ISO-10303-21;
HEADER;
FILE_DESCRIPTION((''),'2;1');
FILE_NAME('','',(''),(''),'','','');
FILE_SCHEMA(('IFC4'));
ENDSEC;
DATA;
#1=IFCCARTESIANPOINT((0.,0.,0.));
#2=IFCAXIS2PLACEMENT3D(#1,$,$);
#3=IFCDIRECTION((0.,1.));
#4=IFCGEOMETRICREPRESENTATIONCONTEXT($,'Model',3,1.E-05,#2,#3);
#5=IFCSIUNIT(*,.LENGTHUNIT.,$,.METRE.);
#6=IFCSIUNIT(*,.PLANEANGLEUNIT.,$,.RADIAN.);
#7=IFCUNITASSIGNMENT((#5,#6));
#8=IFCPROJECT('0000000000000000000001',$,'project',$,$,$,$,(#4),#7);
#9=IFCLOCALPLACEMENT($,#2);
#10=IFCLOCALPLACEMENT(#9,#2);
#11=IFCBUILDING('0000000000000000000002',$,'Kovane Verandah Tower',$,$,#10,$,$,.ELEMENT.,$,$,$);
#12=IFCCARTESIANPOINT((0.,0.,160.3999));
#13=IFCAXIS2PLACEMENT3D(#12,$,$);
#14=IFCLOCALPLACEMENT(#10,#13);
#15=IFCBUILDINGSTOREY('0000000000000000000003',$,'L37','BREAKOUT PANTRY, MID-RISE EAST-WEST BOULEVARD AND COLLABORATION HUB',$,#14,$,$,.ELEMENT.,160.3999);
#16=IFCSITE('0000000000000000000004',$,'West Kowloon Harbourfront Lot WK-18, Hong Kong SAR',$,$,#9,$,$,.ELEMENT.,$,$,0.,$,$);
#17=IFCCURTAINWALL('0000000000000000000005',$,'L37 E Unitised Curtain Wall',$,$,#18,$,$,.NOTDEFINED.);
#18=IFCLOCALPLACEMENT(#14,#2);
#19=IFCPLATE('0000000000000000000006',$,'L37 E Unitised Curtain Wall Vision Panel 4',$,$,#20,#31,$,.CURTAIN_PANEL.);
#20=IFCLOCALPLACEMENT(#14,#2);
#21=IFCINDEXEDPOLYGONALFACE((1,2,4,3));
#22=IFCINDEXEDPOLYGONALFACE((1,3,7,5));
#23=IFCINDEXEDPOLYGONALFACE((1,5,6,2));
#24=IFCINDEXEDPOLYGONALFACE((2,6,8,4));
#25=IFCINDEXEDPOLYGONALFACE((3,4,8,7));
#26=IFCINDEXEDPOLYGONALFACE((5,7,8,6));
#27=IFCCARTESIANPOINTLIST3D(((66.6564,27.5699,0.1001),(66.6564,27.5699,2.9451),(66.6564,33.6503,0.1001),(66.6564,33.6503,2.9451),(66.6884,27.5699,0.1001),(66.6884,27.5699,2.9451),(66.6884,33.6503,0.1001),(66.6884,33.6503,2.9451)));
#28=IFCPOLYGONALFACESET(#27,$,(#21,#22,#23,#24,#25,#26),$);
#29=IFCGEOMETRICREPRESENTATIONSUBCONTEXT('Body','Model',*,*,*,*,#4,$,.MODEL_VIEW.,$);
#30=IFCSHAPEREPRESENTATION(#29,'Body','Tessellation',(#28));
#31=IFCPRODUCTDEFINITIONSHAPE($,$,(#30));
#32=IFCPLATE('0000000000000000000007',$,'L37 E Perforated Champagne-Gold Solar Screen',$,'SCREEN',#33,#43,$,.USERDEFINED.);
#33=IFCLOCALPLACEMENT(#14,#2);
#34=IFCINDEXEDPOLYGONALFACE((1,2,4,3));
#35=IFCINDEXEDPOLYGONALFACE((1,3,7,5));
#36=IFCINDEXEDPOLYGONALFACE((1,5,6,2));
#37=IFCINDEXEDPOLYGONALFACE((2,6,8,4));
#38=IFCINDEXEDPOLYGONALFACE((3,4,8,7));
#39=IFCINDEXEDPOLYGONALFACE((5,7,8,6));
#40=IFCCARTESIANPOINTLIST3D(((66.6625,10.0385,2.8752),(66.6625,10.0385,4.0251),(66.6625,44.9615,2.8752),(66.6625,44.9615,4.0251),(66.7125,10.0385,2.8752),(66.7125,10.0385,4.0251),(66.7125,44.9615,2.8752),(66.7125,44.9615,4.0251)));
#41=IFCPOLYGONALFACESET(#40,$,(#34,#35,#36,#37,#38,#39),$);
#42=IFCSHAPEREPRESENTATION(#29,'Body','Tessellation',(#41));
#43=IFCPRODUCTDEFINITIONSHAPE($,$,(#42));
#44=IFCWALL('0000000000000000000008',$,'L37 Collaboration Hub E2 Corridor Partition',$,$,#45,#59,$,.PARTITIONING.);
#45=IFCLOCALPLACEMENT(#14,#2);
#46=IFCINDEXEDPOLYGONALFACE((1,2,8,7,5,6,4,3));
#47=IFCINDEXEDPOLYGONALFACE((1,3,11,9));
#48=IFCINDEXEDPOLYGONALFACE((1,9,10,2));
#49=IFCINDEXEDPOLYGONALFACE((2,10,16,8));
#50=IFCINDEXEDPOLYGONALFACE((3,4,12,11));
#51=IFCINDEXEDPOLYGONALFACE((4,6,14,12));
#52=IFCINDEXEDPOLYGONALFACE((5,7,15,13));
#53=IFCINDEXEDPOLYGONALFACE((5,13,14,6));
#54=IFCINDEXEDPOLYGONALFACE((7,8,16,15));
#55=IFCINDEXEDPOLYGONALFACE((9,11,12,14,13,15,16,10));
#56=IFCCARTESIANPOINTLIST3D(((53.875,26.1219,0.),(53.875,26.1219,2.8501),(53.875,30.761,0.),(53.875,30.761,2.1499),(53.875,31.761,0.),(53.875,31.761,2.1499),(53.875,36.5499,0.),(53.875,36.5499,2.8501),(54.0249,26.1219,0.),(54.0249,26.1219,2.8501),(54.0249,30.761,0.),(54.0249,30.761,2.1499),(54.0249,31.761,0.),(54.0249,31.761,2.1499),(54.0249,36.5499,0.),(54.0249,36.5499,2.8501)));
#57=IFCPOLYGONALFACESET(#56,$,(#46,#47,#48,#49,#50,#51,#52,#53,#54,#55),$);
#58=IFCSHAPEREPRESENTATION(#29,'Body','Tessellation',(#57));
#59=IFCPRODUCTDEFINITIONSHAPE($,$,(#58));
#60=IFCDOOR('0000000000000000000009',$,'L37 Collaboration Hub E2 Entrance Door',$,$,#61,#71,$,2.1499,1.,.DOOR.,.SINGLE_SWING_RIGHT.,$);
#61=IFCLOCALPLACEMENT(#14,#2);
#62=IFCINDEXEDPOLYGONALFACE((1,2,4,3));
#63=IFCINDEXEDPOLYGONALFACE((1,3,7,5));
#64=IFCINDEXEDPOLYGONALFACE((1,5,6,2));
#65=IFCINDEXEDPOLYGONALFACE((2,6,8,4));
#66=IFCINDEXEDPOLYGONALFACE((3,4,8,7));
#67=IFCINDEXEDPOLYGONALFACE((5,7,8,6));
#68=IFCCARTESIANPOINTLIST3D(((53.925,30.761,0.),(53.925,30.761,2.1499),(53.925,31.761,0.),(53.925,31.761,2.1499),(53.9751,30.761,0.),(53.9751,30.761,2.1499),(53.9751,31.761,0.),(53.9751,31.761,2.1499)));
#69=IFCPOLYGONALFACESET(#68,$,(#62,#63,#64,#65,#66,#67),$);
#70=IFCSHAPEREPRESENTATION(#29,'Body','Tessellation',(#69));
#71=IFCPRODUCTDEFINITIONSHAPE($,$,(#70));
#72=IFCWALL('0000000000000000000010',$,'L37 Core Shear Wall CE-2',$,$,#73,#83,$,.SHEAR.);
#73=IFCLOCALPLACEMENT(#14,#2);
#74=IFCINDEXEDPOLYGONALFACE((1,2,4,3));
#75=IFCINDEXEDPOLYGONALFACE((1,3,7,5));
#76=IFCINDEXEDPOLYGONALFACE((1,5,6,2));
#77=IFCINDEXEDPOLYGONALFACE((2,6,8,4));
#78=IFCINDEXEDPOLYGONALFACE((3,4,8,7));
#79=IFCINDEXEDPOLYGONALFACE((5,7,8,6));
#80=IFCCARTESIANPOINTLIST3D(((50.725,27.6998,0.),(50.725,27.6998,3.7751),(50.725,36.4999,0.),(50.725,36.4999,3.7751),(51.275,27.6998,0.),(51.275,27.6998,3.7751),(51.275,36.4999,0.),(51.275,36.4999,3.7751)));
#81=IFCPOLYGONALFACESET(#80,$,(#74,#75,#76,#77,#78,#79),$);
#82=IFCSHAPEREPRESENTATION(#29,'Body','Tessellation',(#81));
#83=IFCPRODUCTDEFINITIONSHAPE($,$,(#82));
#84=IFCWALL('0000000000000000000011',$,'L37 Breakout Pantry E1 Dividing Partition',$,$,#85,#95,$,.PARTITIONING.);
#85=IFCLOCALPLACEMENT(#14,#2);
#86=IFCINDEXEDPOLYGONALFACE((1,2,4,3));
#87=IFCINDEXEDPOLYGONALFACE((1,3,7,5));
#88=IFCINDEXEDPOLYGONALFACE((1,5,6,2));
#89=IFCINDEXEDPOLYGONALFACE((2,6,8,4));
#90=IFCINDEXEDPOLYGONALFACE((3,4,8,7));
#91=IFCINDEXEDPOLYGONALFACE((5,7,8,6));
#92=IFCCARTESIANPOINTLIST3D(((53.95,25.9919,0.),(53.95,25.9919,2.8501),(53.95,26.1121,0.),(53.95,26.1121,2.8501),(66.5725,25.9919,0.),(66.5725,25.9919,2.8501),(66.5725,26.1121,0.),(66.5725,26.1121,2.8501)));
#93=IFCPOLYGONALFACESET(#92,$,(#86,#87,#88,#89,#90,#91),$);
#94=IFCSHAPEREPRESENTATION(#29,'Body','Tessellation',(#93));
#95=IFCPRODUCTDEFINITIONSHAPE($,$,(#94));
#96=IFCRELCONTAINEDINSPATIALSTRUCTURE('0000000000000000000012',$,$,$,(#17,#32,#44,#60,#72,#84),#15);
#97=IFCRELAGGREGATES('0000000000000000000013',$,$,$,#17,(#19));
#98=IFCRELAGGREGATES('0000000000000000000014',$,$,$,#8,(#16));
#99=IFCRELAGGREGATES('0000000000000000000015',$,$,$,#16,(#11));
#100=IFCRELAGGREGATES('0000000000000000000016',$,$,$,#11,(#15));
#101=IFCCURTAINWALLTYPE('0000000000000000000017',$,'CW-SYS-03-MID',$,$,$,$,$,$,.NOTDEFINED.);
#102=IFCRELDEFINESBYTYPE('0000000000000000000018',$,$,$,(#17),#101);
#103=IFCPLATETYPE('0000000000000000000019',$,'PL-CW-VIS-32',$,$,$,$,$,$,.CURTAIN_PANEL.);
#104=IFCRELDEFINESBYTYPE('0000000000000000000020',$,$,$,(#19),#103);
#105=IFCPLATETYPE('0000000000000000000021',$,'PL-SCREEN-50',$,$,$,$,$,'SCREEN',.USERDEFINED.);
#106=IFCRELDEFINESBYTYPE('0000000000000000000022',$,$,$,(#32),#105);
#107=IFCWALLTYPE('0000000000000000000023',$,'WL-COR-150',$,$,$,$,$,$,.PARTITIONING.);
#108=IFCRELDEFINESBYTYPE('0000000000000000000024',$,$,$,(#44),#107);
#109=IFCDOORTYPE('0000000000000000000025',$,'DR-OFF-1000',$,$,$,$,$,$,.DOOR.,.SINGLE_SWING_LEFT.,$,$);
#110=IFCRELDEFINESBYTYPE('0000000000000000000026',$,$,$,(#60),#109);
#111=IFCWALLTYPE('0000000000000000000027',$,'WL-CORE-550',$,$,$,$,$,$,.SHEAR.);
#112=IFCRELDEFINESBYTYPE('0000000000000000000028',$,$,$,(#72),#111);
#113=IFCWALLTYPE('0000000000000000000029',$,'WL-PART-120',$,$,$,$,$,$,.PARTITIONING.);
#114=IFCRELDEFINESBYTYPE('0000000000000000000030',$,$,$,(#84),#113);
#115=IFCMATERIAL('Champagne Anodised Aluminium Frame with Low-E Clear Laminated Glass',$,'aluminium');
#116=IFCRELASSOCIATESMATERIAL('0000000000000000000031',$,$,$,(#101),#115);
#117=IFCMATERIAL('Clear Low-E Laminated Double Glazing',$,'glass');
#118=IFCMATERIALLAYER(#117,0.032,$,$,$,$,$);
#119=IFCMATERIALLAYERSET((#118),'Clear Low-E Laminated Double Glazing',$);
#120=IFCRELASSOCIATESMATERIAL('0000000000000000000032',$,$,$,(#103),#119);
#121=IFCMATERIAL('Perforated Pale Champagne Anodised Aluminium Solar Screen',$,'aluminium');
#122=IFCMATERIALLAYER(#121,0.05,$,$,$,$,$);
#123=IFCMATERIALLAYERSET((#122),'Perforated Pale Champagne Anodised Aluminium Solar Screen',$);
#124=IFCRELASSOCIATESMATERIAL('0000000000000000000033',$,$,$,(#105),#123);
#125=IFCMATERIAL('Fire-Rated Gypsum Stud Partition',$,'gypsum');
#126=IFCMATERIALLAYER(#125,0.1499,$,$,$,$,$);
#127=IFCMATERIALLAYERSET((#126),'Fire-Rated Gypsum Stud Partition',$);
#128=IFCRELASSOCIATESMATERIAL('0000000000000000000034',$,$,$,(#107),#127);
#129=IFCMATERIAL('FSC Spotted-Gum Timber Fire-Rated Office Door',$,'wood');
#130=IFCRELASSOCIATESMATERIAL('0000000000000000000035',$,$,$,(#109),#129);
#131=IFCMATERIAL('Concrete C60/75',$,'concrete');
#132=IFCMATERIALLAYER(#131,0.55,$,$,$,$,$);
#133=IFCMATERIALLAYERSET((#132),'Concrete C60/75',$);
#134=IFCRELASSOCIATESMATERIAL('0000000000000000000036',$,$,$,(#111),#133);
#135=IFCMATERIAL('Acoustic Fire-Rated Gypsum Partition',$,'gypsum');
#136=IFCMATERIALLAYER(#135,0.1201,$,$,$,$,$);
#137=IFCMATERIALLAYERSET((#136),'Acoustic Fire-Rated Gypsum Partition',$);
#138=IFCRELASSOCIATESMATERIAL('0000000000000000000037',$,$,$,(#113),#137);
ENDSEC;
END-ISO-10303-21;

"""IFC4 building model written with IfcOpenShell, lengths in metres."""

from ifc_helpers import new_model, si_unit, direction, frame, frame_2d, origin, origin_2d, place, context, subcontext, project, spatial, rectangle, extrude, material, layer, layer_set, type_object, element, fill, aggregate, save


model = new_model("IFC4")

# Units and contexts
model_context = context("Model", 3, precision=1e-05, world=origin(), true_north=direction((0.0, 1.0)))
body_context = subcontext(model_context, "Body", "Model", "MODEL_VIEW")
ifc_project = project(units=[si_unit("LENGTHUNIT", "METRE"), si_unit("PLANEANGLEUNIT", "RADIAN")], contexts=[model_context])

# Site, building, storey
site_placement = place(None, origin())
site = spatial("IfcSite", under=ifc_project, at=site_placement, Name="West Kowloon Harbourfront Lot WK-18, Hong Kong SAR", CompositionType="ELEMENT", RefElevation=0.0)
building_placement = place(site_placement, origin())
building = spatial("IfcBuilding", under=site, at=building_placement, Name="Kovane Verandah Tower", CompositionType="ELEMENT")
storey_placement = place(building_placement, frame((0.0, 0.0, 160.3999)))
storey = spatial("IfcBuildingStorey", under=building, at=storey_placement, Name="L37", Description="BREAKOUT PANTRY, MID-RISE EAST-WEST BOULEVARD AND COLLABORATION HUB", CompositionType="ELEMENT", Elevation=160.3999)

# Curtain wall, plate
ifc_material_1 = material(Name="Champagne Anodised Aluminium Frame with Low-E Clear Laminated Glass", Category="aluminium")
curtain_wall_type = type_object("IfcCurtainWallType", Name="CW-SYS-03-MID", PredefinedType="NOTDEFINED", material=ifc_material_1)
curtain_wall_placement = place(storey_placement, origin())
curtain_wall = element("IfcCurtainWall", 1, at=curtain_wall_placement, inside=storey, type_object=curtain_wall_type, Name="L37 E Unitised Curtain Wall", PredefinedType="NOTDEFINED")
ifc_material_2 = material(Name="Clear Low-E Laminated Double Glazing", Category="glass")
ifc_layer_1 = layer(ifc_material_2, 0.032)
ifc_layer_set_1 = layer_set([ifc_layer_1], Name="Clear Low-E Laminated Double Glazing")
plate_type_1 = type_object("IfcPlateType", Name="PL-CW-VIS-32", PredefinedType="CURTAIN_PANEL", material=ifc_layer_set_1)
plate_1_placement = place(storey_placement, frame((66.6724, 30.6101, 0.1001), z_axis=(0.0, 0.0, 1.0), x_axis=(0.0, 1.0, 0.0)))
plate_1 = element("IfcPlate", 2, at=plate_1_placement, type_object=plate_type_1, Name="L37 E Unitised Curtain Wall Vision Panel 4", PredefinedType="CURTAIN_PANEL", context=body_context, shape_type="SweptSolid", body=[
    extrude(rectangle(XDim=6.0803, YDim=0.032, at=origin_2d()), origin(), (0.0, 0.0, 1.0), 2.845),
])
aggregate(curtain_wall, [plate_1])

# Plate
ifc_material_3 = material(Name="Perforated Pale Champagne Anodised Aluminium Solar Screen", Category="aluminium")
ifc_layer_2 = layer(ifc_material_3, 0.05)
ifc_layer_set_2 = layer_set([ifc_layer_2], Name="Perforated Pale Champagne Anodised Aluminium Solar Screen")
plate_type_2 = type_object("IfcPlateType", Name="PL-SCREEN-50", ElementType="SCREEN", PredefinedType="USERDEFINED", material=ifc_layer_set_2)
plate_2_placement = place(storey_placement, frame((66.6875, 27.5, 2.8752), z_axis=(0.0, 0.0, 1.0), x_axis=(0.0, 1.0, 0.0)))
element("IfcPlate", 3, at=plate_2_placement, inside=storey, type_object=plate_type_2, Name="L37 E Perforated Champagne-Gold Solar Screen", ObjectType="SCREEN", PredefinedType="USERDEFINED", context=body_context, shape_type="SweptSolid", body=[
    extrude(rectangle(XDim=34.9231, YDim=0.05, at=origin_2d()), origin(), (0.0, 0.0, 1.0), 1.1499),
])

# Wall, opening, door
ifc_material_4 = material(Name="Fire-Rated Gypsum Stud Partition", Category="gypsum")
ifc_layer_3 = layer(ifc_material_4, 0.1499)
ifc_layer_set_3 = layer_set([ifc_layer_3], Name="Fire-Rated Gypsum Stud Partition")
wall_type_1 = type_object("IfcWallType", Name="WL-COR-150", PredefinedType="PARTITIONING", material=ifc_layer_set_3)
wall_1_placement = place(storey_placement, frame((53.95, 26.1221, 0.0), z_axis=(0.0, 0.0, 1.0), x_axis=(0.0, 1.0, 0.0)))
wall_1 = element("IfcWall", 4, at=wall_1_placement, inside=storey, type_object=wall_type_1, Name="L37 Collaboration Hub E2 Corridor Partition", PredefinedType="PARTITIONING", context=body_context, shape_type="SweptSolid", body=[
    extrude(rectangle(XDim=10.428, YDim=0.1499, at=frame_2d((5.2139, 0.0))), origin(), (0.0, 0.0, 1.0), 2.8501),
])
opening_placement = place(wall_1_placement, frame((4.6389, 0.0, 0.0)))
opening = element("IfcOpeningElement", 5, at=opening_placement, cuts=wall_1, PredefinedType="OPENING", context=body_context, shape_type="SweptSolid", body=[
    extrude(rectangle(XDim=1.0, YDim=2.1499, at=frame_2d((0.5, 1.075))), frame((0.0, 0.075, 0.0), z_axis=(0.0, -1.0, 0.0), x_axis=(1.0, 0.0, 0.0)), (0.0, 0.0, 1.0), 0.1499),
])
ifc_material_5 = material(Name="FSC Spotted-Gum Timber Fire-Rated Office Door", Category="wood")
door_type = type_object("IfcDoorType", Name="DR-OFF-1000", OperationType="SINGLE_SWING_LEFT", PredefinedType="DOOR", material=ifc_material_5)
door_placement = place(opening_placement, origin())
door = element("IfcDoor", 6, at=door_placement, inside=storey, type_object=door_type, Name="L37 Collaboration Hub E2 Entrance Door", OperationType="SINGLE_SWING_RIGHT", OverallHeight=2.1499, OverallWidth=1.0, PredefinedType="DOOR", context=body_context, shape_type="SweptSolid", body=[
    extrude(rectangle(XDim=1.0, YDim=2.1499, at=frame_2d((0.5, 1.075))), frame((0.0, 0.0249, 0.0), z_axis=(0.0, -1.0, 0.0), x_axis=(1.0, 0.0, 0.0)), (0.0, 0.0, 1.0), 0.05),
])
fill(opening, door)

# Walls
ifc_material_6 = material(Name="Concrete C60/75", Category="concrete")
ifc_layer_4 = layer(ifc_material_6, 0.55)
ifc_layer_set_4 = layer_set([ifc_layer_4], Name="Concrete C60/75")
wall_type_2 = type_object("IfcWallType", Name="WL-CORE-550", PredefinedType="SHEAR", material=ifc_layer_set_4)
wall_2_placement = place(storey_placement, frame((51.0, 27.7, 0.0), z_axis=(0.0, 0.0, 1.0), x_axis=(0.0, 1.0, 0.0)))
element("IfcWall", 7, at=wall_2_placement, inside=storey, type_object=wall_type_2, Name="L37 Core Shear Wall CE-2", PredefinedType="SHEAR", context=body_context, shape_type="SweptSolid", body=[
    extrude(rectangle(XDim=8.8, YDim=0.55, at=frame_2d((4.3999, 0.0))), origin(), (0.0, 0.0, 1.0), 3.7751),
])
ifc_material_7 = material(Name="Acoustic Fire-Rated Gypsum Partition", Category="gypsum")
ifc_layer_5 = layer(ifc_material_7, 0.1201)
ifc_layer_set_5 = layer_set([ifc_layer_5], Name="Acoustic Fire-Rated Gypsum Partition")
wall_type_3 = type_object("IfcWallType", Name="WL-PART-120", PredefinedType="PARTITIONING", material=ifc_layer_set_5)
wall_3_placement = place(storey_placement, frame((53.95, 26.052, 0.0), z_axis=(0.0, 0.0, 1.0), x_axis=(1.0, 0.0, 0.0)))
element("IfcWall", 8, at=wall_3_placement, inside=storey, type_object=wall_type_3, Name="L37 Breakout Pantry E1 Dividing Partition", PredefinedType="PARTITIONING", context=body_context, shape_type="SweptSolid", body=[
    extrude(rectangle(XDim=12.6226, YDim=0.1201, at=frame_2d((6.3113, 0.0))), origin(), (0.0, 0.0, 1.0), 2.8501),
])

save(model, "model.ifc")
